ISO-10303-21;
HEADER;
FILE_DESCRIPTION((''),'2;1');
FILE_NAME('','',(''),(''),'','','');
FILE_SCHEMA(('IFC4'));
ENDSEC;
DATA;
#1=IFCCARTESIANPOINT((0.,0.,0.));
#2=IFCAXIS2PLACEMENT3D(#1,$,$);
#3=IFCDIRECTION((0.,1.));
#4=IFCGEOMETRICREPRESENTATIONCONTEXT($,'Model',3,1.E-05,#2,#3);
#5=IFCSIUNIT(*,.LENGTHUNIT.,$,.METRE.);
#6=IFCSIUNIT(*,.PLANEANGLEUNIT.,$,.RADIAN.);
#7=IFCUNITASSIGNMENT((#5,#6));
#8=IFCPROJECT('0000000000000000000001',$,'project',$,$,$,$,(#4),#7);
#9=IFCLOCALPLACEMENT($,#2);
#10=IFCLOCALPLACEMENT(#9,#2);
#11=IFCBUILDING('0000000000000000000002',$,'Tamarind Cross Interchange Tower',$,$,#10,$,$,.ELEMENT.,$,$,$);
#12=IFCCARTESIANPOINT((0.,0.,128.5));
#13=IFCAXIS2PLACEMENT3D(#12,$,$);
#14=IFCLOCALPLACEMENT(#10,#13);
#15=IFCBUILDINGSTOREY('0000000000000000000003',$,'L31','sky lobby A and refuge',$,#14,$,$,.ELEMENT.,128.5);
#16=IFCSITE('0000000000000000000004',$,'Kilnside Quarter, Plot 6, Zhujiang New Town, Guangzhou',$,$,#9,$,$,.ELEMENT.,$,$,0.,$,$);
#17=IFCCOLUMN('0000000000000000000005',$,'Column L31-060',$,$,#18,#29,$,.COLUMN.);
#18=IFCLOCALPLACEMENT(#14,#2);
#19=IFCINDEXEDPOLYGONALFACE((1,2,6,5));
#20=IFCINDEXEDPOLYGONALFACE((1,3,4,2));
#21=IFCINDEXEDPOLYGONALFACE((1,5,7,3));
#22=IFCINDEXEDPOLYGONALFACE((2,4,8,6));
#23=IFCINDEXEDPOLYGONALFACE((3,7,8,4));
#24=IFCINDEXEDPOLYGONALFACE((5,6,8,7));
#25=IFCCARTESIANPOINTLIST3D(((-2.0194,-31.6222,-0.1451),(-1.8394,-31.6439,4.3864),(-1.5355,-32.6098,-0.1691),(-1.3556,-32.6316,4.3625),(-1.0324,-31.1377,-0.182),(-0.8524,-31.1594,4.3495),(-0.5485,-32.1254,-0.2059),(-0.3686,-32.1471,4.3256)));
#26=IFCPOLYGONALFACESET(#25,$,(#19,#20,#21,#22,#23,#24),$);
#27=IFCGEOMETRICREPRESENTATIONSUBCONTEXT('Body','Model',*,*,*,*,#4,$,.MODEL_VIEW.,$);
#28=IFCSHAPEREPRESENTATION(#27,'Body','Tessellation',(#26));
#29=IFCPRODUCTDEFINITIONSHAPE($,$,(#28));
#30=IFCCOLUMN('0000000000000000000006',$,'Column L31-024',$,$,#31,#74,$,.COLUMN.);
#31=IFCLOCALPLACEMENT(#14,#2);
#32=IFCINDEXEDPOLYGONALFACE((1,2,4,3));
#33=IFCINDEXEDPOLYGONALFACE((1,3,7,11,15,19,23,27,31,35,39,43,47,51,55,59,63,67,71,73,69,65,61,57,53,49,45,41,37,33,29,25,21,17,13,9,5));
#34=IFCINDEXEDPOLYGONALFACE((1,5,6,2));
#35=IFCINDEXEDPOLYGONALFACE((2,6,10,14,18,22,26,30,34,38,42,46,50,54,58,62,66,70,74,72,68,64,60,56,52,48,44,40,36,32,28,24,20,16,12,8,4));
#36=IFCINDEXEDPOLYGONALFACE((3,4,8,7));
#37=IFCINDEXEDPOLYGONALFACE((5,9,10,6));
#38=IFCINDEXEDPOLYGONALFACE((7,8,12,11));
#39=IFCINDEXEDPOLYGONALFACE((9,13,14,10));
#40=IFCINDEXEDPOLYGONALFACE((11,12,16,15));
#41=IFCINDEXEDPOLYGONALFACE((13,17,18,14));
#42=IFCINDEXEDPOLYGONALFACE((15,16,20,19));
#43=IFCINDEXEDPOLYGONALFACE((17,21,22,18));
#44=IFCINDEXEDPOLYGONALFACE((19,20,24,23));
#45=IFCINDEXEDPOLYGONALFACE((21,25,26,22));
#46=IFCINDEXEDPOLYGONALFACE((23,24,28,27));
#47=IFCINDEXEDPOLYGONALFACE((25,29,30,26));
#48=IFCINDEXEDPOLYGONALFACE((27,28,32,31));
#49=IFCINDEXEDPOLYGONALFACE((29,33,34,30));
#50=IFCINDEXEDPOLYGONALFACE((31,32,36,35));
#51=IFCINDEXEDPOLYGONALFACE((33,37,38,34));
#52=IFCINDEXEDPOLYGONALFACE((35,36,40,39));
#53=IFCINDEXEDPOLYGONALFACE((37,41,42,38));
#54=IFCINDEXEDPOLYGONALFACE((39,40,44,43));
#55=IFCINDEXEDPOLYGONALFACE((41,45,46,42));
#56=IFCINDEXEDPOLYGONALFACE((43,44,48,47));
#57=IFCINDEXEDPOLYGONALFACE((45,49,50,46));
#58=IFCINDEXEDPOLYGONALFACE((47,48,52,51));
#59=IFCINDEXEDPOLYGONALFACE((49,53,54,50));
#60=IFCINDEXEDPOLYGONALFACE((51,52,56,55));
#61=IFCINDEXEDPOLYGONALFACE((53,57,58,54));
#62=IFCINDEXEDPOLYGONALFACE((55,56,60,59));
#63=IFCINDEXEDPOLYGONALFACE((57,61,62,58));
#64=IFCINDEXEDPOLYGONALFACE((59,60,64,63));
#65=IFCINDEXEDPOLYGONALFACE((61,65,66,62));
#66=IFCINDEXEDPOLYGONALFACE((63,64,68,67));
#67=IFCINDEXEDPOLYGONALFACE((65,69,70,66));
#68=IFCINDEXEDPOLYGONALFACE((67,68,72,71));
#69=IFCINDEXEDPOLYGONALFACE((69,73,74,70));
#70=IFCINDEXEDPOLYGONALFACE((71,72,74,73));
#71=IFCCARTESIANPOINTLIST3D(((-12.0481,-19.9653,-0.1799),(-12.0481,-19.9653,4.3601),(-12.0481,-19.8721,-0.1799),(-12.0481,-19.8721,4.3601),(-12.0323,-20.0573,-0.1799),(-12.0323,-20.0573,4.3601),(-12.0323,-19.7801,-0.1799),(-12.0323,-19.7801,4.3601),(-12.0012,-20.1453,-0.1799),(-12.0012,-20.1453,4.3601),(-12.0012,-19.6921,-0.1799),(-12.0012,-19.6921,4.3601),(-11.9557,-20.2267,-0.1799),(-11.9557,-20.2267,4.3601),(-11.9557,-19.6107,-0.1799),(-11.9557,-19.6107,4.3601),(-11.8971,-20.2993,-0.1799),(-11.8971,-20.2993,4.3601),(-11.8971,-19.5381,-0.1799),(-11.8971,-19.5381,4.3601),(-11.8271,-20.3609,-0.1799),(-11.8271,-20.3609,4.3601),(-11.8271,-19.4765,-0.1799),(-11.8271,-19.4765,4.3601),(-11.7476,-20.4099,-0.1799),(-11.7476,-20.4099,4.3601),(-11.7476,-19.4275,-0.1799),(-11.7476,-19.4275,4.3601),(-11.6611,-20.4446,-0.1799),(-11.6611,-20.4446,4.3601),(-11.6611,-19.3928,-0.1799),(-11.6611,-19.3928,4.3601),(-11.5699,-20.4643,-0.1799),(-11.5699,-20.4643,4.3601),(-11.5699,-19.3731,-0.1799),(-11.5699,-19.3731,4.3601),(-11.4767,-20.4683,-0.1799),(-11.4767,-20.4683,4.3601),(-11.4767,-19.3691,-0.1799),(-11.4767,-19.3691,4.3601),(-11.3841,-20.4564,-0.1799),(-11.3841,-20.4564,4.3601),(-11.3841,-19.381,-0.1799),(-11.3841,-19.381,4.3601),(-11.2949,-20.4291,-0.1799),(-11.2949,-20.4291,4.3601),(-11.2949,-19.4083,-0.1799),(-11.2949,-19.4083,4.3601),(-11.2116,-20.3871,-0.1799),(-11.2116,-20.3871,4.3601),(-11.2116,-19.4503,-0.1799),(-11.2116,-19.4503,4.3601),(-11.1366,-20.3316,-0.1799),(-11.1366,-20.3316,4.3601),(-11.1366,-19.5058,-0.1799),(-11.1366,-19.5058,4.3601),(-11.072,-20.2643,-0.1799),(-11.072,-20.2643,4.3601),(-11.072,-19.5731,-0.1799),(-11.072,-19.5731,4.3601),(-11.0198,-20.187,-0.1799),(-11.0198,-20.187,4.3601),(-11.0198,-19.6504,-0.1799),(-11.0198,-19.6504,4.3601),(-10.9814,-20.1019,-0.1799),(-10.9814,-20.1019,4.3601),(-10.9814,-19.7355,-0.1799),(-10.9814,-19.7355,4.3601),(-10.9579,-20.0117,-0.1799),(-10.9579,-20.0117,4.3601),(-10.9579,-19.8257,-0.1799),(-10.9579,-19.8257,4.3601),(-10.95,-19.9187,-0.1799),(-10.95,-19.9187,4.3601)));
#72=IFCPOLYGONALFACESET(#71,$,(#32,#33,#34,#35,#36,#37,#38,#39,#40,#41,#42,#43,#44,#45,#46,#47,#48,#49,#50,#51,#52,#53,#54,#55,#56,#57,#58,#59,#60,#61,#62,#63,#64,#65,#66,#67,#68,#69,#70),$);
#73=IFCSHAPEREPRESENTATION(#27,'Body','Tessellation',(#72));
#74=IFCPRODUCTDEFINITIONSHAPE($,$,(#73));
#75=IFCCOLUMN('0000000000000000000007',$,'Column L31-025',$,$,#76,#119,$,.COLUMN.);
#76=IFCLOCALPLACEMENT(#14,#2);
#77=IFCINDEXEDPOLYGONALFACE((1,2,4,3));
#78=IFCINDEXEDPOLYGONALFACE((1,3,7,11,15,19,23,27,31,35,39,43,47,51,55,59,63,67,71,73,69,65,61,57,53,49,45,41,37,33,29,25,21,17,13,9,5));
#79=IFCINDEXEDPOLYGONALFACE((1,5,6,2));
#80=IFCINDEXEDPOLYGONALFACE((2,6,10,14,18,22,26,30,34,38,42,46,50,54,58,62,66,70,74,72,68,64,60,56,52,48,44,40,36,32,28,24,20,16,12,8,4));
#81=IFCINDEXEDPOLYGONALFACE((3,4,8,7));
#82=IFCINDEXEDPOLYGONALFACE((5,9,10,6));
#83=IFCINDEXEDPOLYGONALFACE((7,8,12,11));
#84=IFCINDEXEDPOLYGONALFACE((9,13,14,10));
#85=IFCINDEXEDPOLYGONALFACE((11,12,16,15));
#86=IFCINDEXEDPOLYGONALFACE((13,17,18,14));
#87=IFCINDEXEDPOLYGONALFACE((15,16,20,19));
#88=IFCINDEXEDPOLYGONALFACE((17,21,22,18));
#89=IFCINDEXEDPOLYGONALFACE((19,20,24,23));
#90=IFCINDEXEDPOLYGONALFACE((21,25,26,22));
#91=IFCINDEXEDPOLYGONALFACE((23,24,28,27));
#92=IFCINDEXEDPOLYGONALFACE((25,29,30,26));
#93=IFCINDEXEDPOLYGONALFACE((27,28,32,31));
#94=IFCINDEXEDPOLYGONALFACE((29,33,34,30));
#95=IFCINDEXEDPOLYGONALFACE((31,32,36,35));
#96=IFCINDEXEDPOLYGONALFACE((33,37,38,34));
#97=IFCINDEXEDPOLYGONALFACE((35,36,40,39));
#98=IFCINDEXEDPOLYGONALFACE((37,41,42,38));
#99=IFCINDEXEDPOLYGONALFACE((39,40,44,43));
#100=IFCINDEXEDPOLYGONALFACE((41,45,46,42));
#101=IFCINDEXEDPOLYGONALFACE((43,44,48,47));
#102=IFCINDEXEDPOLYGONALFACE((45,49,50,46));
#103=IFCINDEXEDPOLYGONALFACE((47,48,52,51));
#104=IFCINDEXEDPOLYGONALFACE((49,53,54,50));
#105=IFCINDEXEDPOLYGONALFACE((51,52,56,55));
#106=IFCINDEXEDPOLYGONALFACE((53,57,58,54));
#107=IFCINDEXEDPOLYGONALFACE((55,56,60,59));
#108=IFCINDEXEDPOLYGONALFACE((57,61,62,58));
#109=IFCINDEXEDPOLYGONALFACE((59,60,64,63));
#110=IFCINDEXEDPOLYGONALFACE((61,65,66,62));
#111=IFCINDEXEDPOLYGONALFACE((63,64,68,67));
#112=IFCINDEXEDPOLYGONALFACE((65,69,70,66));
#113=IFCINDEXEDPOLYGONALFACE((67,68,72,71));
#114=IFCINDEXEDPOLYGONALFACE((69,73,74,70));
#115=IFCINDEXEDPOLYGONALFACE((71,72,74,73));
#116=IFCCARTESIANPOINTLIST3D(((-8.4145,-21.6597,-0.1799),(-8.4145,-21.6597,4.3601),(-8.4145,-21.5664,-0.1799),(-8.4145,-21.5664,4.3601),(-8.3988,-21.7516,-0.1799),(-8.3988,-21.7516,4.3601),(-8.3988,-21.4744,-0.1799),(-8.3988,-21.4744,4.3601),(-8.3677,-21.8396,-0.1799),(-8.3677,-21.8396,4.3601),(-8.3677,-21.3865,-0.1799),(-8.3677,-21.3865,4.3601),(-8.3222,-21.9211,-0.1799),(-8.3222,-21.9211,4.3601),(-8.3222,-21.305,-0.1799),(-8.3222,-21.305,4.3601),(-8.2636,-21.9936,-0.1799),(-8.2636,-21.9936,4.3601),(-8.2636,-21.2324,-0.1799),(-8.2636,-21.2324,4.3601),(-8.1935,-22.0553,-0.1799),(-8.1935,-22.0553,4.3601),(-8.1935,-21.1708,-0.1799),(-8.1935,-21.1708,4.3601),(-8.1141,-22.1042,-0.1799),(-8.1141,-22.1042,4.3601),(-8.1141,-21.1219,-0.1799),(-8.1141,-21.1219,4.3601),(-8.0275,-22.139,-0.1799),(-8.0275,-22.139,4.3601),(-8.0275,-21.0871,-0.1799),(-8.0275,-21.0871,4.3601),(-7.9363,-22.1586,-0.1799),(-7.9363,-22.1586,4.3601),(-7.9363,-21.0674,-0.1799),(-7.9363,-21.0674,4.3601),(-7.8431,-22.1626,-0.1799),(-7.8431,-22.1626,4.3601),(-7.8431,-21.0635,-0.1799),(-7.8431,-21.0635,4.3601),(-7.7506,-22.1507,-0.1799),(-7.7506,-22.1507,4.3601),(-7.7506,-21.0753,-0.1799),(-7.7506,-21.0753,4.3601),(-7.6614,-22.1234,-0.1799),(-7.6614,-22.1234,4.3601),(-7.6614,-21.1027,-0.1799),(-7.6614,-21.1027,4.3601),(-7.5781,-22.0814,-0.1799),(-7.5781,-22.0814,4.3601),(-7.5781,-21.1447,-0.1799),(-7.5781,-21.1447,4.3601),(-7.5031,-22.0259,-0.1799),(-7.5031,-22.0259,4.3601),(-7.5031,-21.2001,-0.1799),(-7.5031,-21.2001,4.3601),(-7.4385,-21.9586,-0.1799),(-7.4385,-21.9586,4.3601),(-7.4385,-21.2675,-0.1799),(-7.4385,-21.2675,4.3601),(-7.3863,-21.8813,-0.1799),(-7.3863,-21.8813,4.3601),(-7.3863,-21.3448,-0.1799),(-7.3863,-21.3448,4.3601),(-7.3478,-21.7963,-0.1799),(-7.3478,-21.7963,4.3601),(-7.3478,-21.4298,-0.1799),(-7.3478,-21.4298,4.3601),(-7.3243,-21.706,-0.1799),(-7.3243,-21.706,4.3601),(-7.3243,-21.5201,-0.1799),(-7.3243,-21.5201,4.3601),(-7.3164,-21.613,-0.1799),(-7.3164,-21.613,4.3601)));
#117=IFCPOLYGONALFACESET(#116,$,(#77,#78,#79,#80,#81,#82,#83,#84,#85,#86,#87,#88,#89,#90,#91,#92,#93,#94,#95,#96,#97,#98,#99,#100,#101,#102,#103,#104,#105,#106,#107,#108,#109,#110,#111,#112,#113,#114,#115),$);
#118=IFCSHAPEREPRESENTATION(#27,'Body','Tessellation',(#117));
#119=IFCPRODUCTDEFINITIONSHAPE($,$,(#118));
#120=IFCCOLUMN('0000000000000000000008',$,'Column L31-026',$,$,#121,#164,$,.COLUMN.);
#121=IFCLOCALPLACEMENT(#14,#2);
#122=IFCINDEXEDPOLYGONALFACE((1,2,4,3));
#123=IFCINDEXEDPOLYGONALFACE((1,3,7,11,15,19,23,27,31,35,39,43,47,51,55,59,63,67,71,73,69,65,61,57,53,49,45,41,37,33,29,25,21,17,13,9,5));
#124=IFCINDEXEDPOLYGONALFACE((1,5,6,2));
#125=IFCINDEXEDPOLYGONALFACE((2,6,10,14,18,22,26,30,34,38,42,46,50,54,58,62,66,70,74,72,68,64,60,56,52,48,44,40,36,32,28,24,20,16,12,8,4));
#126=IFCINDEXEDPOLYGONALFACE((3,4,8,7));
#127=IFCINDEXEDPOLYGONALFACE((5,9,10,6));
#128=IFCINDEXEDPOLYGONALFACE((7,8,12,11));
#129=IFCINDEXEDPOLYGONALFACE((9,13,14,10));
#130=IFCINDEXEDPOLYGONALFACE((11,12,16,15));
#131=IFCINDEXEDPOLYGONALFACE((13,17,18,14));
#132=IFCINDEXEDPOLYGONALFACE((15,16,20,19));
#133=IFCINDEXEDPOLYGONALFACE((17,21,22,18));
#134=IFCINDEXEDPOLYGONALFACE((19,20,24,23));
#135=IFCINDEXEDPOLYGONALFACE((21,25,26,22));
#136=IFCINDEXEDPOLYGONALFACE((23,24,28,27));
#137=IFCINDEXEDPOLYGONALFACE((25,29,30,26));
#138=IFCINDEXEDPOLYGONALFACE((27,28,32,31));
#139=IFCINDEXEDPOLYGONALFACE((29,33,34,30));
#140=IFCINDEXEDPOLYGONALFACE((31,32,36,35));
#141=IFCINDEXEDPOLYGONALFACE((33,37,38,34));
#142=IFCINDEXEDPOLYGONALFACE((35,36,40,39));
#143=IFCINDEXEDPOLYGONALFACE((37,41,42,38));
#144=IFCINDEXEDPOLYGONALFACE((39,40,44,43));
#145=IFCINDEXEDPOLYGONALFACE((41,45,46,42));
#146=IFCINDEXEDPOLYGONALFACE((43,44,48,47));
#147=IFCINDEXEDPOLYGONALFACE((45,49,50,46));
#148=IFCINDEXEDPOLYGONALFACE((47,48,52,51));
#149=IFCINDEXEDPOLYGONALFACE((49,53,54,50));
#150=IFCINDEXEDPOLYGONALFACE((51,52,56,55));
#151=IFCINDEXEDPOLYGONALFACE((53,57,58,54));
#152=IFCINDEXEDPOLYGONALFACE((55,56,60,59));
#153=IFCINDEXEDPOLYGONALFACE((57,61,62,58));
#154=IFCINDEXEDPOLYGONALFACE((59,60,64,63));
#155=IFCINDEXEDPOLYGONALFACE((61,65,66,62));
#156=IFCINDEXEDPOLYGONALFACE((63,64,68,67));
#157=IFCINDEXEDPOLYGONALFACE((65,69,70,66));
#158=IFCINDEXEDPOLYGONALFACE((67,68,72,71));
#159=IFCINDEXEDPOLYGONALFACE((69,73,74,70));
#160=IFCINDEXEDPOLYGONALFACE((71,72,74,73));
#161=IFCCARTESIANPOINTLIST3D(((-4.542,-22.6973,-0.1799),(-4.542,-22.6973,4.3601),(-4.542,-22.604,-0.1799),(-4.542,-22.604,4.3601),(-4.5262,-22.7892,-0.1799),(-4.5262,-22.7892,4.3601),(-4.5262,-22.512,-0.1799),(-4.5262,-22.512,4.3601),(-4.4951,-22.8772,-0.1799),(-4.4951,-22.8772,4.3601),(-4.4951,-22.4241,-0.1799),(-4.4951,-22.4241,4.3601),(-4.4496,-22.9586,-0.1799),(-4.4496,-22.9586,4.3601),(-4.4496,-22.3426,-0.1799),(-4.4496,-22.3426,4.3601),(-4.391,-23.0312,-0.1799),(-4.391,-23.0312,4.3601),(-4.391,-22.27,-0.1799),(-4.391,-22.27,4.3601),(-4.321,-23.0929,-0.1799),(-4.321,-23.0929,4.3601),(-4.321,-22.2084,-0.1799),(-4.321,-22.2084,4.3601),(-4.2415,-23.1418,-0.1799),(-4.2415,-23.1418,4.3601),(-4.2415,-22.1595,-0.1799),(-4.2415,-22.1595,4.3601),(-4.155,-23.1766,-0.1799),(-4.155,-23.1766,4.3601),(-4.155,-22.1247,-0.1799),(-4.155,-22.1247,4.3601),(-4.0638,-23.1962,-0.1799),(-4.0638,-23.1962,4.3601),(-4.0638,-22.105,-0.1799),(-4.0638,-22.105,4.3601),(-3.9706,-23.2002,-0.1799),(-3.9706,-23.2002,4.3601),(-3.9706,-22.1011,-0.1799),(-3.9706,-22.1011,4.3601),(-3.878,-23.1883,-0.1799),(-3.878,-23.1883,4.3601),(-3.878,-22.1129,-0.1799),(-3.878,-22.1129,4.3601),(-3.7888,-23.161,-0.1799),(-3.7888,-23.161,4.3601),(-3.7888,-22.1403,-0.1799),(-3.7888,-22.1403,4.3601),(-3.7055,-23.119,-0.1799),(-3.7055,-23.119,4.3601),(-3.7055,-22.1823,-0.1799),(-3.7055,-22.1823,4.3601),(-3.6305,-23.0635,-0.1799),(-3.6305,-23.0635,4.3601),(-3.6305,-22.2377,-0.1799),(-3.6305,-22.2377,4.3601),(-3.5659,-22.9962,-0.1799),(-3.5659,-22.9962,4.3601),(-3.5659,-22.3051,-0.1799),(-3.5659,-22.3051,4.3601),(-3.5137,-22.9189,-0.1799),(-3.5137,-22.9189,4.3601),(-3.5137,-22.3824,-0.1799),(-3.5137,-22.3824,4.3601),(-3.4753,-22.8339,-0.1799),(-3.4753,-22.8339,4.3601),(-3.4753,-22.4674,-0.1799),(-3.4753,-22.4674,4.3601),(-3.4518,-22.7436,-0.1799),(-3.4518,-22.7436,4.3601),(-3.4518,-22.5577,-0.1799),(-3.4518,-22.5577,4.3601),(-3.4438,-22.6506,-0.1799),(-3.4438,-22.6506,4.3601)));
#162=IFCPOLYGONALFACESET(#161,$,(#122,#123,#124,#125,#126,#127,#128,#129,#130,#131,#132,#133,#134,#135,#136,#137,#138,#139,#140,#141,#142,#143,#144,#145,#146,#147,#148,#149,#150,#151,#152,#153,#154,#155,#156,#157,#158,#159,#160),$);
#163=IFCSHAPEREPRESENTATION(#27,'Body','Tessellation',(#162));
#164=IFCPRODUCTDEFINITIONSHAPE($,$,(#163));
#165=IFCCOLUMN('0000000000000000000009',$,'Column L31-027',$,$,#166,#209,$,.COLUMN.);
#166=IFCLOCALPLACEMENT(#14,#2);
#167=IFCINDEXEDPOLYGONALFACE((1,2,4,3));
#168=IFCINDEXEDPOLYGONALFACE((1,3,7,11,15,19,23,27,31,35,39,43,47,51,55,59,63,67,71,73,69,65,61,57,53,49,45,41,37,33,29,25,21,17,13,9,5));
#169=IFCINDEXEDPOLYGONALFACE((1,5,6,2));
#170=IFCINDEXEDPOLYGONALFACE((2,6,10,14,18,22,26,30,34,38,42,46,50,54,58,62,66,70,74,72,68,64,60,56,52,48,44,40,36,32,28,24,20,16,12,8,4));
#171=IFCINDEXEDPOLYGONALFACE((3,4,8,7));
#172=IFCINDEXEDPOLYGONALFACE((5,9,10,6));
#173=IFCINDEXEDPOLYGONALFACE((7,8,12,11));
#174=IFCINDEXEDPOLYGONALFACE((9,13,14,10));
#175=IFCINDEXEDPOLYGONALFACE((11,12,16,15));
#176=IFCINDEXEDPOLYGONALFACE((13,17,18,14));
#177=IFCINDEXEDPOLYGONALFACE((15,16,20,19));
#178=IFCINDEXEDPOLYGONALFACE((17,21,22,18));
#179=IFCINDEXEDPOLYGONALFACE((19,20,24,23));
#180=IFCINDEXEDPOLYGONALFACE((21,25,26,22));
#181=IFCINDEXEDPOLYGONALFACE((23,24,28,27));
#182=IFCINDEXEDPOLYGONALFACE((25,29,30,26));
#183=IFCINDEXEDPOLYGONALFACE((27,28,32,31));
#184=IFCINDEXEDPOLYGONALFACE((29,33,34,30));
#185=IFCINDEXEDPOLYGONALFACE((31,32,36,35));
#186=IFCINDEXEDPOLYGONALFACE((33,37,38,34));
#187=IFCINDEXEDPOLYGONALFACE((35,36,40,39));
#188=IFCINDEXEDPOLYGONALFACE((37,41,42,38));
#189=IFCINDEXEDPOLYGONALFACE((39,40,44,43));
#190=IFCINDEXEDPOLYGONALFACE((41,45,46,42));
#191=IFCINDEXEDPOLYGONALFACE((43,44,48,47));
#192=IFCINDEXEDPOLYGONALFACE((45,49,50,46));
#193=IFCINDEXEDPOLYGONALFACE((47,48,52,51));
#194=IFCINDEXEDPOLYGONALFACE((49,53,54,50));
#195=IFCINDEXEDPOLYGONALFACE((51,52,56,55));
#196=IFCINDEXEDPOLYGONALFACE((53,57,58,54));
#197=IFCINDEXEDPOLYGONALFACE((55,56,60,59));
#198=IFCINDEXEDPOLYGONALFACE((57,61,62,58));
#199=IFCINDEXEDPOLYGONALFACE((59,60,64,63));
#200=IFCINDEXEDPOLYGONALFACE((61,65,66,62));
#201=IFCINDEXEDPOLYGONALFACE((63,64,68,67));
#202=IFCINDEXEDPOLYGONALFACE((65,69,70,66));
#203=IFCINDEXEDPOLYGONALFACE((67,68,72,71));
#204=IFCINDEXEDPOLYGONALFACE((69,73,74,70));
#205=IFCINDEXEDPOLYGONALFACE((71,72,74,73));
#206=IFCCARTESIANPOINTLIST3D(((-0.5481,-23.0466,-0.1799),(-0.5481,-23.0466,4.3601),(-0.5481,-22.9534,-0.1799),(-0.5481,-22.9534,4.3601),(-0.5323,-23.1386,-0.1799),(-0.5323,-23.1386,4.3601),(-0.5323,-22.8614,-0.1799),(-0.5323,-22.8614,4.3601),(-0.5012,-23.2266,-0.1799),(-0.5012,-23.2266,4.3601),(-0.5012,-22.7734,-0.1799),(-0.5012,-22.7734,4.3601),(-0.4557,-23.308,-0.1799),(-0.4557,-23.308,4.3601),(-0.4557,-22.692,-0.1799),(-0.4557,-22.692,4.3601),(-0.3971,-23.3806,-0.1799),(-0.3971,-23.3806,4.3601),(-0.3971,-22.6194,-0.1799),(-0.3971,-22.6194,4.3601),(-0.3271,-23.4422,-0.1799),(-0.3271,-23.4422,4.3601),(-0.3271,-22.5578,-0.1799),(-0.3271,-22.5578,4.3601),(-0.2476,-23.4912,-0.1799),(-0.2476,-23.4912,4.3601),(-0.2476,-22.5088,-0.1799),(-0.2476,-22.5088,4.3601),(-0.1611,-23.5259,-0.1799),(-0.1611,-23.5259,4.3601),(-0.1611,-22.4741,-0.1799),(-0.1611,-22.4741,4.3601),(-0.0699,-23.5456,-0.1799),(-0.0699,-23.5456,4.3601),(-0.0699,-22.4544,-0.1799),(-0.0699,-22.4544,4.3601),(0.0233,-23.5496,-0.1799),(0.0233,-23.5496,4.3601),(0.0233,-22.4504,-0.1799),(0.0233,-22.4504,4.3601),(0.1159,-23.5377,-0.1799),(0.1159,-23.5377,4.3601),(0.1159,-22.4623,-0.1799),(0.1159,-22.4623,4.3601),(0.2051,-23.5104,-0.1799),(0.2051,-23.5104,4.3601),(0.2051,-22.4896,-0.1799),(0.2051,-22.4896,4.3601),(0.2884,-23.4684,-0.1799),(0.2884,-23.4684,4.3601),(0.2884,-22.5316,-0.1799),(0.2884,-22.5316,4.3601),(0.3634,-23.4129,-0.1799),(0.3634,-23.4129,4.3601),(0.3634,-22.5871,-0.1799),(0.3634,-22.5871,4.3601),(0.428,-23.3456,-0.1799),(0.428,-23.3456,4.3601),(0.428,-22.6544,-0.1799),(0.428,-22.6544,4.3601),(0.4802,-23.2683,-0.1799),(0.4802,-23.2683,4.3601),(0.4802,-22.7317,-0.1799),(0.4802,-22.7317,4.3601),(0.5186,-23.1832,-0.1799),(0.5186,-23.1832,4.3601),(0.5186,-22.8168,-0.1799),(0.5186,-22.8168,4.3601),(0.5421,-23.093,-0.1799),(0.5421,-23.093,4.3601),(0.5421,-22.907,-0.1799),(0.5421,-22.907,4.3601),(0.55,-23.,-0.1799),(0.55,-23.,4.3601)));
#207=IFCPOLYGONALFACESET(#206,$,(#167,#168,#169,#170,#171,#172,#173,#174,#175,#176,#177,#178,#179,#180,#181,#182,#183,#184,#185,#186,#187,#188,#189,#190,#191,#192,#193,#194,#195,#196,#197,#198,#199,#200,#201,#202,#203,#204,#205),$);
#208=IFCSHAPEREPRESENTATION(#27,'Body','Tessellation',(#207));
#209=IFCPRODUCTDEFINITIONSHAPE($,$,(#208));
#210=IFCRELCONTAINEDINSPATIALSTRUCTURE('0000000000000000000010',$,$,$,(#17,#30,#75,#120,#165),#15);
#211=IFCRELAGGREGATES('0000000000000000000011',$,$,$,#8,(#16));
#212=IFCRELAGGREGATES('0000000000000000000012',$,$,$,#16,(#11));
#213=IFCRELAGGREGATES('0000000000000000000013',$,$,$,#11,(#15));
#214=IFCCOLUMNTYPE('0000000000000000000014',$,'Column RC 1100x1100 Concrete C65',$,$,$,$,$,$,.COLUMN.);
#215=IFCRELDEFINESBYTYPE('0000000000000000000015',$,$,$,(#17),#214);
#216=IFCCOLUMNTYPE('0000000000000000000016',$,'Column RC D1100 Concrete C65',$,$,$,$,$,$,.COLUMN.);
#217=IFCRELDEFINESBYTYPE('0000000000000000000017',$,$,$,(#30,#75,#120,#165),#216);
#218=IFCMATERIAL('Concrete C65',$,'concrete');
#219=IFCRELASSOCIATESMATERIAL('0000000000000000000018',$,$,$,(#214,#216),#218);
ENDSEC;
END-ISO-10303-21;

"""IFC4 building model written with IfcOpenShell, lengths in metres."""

from ifc_helpers import new_model, si_unit, direction, frame, origin, origin_2d, place, context, subcontext, project, spatial, rectangle, circle, extrude, material, material_profile, profile_set, type_object, element, save


model = new_model("IFC4")

# Units and contexts
model_context = context("Model", 3, precision=1e-05, world=origin(), true_north=direction((0.0, 1.0)))
body_context = subcontext(model_context, "Body", "Model", "MODEL_VIEW")
ifc_project = project(units=[si_unit("LENGTHUNIT", "METRE"), si_unit("PLANEANGLEUNIT", "RADIAN")], contexts=[model_context])

# Site, building, storey
site_placement = place(None, origin())
site = spatial("IfcSite", under=ifc_project, at=site_placement, Name="Kilnside Quarter, Plot 6, Zhujiang New Town, Guangzhou", CompositionType="ELEMENT", RefElevation=0.0)
building_placement = place(site_placement, origin())
building = spatial("IfcBuilding", under=site, at=building_placement, Name="Tamarind Cross Interchange Tower", CompositionType="ELEMENT")
storey_placement = place(building_placement, frame((0.0, 0.0, 128.5)))
storey = spatial("IfcBuildingStorey", under=building, at=storey_placement, Name="L31", Description="sky lobby A and refuge", CompositionType="ELEMENT", Elevation=128.5)

# Columns
ifc_material_1 = material(Name="Concrete C65", Category="concrete")
ifc_material_profile_1 = material_profile(ifc_material_1, rectangle(XDim=1.1001, YDim=1.1001, at=origin_2d()), Name="RC 1100x1100")
ifc_profile_set_1 = profile_set([ifc_material_profile_1], Name="Concrete C65")
column_type_1 = type_object("IfcColumnType", Name="Column RC 1100x1100 Concrete C65", PredefinedType="COLUMN", material=ifc_profile_set_1)
column_placement = place(storey_placement, frame((-1.2839, -31.8738, -0.1755), z_axis=(0.039675, -0.004791, 0.999201), x_axis=(-0.439858, 0.897803, 0.02177)))
element("IfcColumn", 1, at=column_placement, inside=storey, type_object=column_type_1, Name="Column L31-060", PredefinedType="COLUMN", context=body_context, shape_type="SweptSolid", body=[
    extrude(rectangle(XDim=1.1001, YDim=1.1001, at=origin_2d()), origin(), (0.0, 0.0, 1.0), 4.5352),
])
ifc_material_profile_2 = material_profile(ifc_material_1, circle(Radius=0.55, at=origin_2d()), Name="RC D1100")
ifc_profile_set_2 = profile_set([ifc_material_profile_2], Name="Concrete C65")
column_type_2 = type_object("IfcColumnType", Name="Column RC D1100 Concrete C65", PredefinedType="COLUMN", material=ifc_profile_set_2)
for number, where, z_axis, x_axis, name in (
    (2, (-11.5, -19.9187, -0.1799), (0.0, 0.0, 1.0), (1.0, 0.0, 0.0), "Column L31-024"),
    (3, (-7.8665, -21.613, -0.1799), (0.0, 0.0, 1.0), (1.0, 0.0, 0.0), "Column L31-025"),
    (4, (-3.9939, -22.6506, -0.1799), (0.0, 0.0, 1.0), (1.0, 0.0, 0.0), "Column L31-026"),
    (5, (0.0, -23.0, -0.1799), (0.0, 0.0, 1.0), (1.0, 0.0, 0.0), "Column L31-027"),
):
    element("IfcColumn", number, at=place(storey_placement, frame(where, z_axis=z_axis, x_axis=x_axis)), inside=storey, type_object=column_type_2, Name=name, PredefinedType="COLUMN", context=body_context, shape_type="SweptSolid", body=[
        extrude(circle(Radius=0.55, at=origin_2d()), origin(), (0.0, 0.0, 1.0), 4.54),
    ])

save(model, "model.ifc")
